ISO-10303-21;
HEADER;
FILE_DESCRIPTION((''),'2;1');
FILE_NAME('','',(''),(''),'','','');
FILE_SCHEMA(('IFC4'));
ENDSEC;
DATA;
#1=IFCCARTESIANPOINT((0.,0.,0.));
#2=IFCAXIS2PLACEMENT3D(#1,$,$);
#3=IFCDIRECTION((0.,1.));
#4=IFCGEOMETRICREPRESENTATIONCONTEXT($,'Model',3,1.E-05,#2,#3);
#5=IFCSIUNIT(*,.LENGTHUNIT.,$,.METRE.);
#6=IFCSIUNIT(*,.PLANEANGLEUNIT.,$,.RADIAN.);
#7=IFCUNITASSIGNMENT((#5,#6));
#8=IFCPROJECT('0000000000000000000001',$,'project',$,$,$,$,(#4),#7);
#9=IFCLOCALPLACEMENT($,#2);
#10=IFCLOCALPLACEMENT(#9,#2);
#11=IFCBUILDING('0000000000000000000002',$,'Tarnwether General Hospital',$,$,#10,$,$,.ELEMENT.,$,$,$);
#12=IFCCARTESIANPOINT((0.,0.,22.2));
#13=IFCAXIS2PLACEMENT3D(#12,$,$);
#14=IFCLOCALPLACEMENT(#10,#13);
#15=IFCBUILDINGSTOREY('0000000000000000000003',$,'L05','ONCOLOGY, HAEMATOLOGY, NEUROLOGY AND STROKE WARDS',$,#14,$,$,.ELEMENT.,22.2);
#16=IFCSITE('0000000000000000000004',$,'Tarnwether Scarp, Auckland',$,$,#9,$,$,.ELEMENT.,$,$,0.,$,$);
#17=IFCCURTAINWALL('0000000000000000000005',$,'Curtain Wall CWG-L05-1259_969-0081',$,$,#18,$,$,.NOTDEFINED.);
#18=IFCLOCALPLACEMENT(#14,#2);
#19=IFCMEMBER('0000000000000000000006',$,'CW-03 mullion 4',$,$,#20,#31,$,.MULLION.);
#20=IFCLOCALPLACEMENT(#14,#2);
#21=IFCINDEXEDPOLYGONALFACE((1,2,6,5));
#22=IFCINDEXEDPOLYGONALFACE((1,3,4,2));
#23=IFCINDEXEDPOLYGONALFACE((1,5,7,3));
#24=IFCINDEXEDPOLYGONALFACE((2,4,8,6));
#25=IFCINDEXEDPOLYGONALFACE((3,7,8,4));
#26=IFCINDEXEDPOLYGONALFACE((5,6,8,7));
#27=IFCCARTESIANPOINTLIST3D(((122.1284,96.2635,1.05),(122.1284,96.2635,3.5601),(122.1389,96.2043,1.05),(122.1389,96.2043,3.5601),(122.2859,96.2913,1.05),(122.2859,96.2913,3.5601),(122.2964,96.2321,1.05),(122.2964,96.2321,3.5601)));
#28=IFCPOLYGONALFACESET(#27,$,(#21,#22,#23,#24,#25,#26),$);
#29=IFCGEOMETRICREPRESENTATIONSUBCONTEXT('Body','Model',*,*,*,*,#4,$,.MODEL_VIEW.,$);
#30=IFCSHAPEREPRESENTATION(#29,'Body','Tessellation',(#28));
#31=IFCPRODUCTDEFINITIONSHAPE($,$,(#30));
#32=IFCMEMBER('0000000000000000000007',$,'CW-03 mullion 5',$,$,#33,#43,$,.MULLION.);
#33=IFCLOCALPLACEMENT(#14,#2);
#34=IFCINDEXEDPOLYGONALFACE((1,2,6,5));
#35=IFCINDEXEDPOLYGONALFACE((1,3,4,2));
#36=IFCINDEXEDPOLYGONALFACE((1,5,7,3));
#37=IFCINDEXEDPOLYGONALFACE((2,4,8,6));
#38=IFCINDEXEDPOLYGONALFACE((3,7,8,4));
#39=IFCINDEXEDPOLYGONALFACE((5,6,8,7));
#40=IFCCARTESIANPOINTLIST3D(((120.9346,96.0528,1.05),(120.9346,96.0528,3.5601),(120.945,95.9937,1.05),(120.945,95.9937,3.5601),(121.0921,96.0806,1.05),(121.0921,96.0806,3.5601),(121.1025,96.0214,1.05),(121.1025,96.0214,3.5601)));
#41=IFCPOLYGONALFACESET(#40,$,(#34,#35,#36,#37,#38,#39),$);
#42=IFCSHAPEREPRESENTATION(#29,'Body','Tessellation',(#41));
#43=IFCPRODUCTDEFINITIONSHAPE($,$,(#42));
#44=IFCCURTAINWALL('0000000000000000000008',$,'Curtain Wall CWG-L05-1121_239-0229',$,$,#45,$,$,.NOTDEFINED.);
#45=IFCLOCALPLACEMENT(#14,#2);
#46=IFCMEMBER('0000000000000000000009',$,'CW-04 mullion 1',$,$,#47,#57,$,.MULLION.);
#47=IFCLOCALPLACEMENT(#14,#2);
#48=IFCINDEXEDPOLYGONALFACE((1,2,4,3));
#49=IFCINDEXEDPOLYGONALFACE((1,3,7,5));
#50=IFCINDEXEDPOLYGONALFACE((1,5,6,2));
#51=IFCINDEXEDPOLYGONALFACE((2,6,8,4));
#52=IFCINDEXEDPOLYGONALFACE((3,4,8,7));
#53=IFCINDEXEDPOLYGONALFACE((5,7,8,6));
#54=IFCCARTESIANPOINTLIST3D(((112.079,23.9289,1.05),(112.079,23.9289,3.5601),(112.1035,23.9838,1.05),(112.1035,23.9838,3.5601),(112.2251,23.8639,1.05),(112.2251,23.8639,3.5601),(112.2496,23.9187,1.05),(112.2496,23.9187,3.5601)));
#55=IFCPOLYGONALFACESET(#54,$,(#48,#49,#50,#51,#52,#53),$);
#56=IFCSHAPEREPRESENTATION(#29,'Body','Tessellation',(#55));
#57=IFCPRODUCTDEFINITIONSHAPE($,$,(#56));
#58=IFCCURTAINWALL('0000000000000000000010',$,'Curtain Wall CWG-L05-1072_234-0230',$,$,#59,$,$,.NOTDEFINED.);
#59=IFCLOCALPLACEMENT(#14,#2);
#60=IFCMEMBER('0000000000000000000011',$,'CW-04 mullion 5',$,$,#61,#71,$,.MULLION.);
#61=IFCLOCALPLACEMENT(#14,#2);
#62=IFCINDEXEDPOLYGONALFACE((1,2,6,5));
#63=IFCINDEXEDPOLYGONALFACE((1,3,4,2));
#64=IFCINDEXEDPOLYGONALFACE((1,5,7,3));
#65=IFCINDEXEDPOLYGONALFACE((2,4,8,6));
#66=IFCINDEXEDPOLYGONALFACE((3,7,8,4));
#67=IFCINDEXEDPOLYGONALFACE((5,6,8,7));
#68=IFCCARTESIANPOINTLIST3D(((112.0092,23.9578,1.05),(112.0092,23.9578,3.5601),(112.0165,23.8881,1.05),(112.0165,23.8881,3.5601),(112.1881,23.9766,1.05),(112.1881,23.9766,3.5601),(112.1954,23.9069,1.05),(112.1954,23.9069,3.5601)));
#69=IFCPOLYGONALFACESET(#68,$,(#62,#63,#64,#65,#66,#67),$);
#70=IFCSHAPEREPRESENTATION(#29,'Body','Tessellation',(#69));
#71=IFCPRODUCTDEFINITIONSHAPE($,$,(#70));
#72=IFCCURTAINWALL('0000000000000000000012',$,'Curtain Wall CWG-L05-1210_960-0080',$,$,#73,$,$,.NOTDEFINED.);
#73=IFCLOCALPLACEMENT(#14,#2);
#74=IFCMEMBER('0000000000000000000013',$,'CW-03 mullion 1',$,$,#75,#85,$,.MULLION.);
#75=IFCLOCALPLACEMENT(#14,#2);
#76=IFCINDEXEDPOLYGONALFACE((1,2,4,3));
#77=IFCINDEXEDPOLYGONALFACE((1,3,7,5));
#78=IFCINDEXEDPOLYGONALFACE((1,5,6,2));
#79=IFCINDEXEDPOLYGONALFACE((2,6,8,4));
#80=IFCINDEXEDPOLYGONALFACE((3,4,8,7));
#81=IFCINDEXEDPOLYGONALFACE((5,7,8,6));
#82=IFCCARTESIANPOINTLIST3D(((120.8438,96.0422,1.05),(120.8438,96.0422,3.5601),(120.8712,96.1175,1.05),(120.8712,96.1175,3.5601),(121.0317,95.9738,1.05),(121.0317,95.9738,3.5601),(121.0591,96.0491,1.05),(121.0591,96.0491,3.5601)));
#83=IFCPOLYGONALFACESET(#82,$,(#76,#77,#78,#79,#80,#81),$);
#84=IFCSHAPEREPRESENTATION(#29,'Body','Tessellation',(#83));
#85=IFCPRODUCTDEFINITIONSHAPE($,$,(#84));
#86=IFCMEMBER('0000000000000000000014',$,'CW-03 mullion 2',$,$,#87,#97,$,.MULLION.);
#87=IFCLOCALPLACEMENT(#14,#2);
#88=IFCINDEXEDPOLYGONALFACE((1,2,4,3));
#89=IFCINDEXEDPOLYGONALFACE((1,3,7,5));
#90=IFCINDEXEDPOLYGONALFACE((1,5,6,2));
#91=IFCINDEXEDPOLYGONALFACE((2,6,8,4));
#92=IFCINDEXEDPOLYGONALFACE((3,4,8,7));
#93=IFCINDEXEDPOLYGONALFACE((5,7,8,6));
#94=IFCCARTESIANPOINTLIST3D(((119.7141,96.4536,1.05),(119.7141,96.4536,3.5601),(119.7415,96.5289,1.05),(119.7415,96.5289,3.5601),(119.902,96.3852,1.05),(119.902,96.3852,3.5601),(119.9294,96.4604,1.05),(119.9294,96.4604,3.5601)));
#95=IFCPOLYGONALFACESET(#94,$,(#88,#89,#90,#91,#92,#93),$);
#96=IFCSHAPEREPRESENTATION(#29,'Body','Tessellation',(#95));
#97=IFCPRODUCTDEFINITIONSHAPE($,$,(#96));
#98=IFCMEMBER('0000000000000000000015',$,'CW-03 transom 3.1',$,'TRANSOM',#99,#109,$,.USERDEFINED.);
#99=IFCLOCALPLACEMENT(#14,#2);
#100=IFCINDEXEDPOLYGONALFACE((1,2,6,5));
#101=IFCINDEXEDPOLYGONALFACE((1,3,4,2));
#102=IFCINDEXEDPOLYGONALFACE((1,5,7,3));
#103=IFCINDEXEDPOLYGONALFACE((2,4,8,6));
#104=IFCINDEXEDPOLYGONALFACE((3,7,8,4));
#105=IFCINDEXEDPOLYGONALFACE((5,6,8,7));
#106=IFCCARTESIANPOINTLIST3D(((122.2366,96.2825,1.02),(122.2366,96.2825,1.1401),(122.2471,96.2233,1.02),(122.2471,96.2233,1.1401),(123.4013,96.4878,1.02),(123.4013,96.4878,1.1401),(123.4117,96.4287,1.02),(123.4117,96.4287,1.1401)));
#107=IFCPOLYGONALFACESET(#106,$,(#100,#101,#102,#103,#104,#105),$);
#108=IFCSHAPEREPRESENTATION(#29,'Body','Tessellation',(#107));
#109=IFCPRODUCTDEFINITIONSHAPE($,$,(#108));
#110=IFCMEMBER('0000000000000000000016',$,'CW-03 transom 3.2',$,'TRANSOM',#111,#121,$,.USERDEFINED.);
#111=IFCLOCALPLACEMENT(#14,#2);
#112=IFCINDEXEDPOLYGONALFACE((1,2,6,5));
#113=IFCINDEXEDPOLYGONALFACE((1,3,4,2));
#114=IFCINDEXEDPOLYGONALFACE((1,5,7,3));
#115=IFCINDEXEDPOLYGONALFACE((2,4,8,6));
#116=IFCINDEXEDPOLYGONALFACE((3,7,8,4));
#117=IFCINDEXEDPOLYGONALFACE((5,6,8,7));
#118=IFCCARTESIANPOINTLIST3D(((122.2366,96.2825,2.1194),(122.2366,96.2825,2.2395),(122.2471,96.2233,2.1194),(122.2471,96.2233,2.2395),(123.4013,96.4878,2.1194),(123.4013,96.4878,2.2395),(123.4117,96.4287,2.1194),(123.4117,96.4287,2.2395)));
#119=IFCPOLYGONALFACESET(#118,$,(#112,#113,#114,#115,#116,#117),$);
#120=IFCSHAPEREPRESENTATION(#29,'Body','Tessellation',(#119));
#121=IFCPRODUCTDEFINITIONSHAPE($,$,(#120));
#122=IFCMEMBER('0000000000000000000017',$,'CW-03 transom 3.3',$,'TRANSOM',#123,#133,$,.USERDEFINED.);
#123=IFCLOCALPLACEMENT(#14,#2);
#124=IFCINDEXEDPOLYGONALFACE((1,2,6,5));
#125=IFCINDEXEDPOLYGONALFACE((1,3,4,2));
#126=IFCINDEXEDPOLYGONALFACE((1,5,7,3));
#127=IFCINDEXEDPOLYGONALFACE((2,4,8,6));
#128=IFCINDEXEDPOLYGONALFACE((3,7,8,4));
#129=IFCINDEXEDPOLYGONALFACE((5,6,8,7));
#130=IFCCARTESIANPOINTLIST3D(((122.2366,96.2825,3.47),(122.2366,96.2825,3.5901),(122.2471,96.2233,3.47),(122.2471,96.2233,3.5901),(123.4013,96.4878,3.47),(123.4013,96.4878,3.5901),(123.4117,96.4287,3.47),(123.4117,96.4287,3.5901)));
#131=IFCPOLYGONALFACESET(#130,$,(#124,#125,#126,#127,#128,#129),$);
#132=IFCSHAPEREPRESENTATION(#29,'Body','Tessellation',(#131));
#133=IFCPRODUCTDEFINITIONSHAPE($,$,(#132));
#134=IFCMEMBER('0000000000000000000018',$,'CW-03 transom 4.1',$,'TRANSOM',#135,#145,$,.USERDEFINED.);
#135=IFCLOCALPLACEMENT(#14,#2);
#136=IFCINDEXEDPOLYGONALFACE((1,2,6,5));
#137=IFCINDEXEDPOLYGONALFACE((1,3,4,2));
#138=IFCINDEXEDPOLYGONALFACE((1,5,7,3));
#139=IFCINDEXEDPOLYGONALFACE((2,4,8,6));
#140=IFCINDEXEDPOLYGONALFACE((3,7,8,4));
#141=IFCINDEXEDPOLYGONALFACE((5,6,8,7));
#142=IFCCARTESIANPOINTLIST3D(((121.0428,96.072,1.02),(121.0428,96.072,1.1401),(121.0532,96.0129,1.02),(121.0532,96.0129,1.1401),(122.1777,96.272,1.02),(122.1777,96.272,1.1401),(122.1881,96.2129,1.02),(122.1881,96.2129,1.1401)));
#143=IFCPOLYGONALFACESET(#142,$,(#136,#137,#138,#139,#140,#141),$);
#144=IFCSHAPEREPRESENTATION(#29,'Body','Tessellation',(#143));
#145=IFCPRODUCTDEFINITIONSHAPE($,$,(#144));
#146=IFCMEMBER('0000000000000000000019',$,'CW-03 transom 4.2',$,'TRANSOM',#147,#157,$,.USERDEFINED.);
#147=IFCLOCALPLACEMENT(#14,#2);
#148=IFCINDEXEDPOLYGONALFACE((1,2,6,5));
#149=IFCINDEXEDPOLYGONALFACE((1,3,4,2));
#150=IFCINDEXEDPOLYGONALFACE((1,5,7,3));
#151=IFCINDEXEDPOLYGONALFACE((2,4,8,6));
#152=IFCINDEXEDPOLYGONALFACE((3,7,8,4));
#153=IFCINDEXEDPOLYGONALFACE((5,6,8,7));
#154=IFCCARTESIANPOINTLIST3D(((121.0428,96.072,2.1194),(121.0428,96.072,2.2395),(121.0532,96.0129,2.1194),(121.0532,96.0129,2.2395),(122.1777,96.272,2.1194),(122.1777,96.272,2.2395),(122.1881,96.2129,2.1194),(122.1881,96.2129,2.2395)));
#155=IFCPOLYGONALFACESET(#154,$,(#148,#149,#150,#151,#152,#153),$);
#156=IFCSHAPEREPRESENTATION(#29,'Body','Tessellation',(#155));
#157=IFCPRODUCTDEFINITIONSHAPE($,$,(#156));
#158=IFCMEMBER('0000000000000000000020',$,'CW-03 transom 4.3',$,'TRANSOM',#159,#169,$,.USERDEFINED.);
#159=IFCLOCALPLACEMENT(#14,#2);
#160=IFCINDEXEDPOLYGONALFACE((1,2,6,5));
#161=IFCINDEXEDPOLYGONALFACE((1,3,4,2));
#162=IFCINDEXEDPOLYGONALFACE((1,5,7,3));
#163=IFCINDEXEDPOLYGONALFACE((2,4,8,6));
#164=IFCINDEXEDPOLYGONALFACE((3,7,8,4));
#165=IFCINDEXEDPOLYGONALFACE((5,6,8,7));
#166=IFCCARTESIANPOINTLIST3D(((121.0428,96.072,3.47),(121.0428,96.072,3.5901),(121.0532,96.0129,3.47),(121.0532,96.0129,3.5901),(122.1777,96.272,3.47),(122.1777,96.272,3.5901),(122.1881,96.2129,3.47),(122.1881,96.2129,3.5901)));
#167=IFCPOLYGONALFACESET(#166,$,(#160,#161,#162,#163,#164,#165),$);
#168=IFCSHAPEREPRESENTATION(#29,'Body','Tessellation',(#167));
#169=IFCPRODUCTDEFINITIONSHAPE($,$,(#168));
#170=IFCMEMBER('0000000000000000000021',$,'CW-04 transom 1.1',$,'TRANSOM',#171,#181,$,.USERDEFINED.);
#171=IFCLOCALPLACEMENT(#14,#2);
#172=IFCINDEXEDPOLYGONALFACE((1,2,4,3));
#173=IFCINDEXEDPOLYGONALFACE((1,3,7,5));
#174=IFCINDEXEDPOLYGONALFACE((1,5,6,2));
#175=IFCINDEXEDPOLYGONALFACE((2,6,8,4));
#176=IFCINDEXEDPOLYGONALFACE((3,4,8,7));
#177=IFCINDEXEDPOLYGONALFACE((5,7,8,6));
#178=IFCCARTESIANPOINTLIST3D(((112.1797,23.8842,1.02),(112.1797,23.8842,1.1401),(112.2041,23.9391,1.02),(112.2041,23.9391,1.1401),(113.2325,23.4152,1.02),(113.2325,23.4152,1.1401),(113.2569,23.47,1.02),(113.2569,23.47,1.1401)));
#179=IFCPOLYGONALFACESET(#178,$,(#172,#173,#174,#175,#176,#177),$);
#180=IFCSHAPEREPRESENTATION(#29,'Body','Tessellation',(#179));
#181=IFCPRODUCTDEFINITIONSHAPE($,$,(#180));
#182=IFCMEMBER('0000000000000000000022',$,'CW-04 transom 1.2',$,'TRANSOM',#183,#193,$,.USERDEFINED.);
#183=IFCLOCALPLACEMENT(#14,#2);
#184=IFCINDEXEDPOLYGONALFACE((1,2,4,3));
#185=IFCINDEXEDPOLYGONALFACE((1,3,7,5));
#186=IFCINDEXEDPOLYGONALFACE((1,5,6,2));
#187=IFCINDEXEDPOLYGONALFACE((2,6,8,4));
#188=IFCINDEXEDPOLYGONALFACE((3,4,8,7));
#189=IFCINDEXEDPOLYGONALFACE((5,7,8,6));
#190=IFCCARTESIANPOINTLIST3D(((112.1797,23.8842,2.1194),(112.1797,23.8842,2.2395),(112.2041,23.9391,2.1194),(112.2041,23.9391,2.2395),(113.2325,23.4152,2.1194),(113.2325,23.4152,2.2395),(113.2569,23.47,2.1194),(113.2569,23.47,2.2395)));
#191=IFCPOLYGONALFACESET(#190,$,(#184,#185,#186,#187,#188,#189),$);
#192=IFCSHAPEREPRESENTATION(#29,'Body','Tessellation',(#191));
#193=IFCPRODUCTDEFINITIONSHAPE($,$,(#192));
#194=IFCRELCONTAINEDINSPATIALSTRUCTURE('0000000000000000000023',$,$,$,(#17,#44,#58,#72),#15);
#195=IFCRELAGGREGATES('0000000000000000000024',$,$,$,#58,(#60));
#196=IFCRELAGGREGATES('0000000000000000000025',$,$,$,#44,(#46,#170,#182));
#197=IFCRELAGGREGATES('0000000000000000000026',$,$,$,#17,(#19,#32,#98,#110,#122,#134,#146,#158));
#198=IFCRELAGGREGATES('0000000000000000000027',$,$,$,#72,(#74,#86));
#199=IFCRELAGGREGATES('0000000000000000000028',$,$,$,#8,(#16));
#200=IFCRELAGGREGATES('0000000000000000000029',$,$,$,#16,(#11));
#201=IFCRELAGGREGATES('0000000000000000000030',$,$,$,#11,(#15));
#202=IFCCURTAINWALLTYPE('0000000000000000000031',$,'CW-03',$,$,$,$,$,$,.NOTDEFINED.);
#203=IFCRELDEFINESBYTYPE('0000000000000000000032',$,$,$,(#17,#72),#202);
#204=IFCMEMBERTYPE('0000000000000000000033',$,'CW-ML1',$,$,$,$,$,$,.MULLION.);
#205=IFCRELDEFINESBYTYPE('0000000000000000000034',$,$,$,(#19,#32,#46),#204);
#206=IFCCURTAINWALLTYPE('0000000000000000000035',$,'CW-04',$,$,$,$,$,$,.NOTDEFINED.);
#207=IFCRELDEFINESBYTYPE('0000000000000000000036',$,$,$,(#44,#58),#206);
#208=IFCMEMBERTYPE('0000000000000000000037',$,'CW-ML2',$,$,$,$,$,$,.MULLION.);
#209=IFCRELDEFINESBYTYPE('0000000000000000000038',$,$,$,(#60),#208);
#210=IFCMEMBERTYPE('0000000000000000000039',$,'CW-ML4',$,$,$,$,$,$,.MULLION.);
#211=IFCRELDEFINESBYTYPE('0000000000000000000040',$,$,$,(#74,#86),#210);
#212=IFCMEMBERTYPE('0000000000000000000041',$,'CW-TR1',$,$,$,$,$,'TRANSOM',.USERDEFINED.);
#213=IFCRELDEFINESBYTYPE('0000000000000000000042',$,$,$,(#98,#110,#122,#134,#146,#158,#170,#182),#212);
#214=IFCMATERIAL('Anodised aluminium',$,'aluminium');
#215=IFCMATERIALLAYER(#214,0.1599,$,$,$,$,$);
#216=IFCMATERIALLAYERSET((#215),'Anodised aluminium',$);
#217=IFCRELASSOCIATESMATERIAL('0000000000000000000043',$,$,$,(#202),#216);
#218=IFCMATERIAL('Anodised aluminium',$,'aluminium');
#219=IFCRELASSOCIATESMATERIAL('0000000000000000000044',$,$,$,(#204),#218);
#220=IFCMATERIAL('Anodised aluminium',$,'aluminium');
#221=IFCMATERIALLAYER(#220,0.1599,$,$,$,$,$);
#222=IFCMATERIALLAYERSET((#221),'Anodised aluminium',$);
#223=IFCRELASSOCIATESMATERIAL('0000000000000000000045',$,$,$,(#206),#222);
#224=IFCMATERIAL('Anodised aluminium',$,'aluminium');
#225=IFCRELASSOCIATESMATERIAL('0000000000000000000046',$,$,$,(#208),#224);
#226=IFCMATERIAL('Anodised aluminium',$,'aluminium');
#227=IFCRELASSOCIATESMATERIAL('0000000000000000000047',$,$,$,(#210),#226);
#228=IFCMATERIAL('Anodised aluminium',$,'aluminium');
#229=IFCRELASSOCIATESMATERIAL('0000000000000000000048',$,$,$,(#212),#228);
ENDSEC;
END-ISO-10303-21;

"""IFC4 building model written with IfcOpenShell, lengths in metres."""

from ifc_helpers import new_model, si_unit, direction, frame, origin, origin_2d, place, context, subcontext, project, spatial, rectangle, extrude, material, layer, layer_set, material_profile, profile_set, type_object, element, aggregate, save


model = new_model("IFC4")

# Units and contexts
model_context = context("Model", 3, precision=1e-05, world=origin(), true_north=direction((0.0, 1.0)))
body_context = subcontext(model_context, "Body", "Model", "MODEL_VIEW")
ifc_project = project(units=[si_unit("LENGTHUNIT", "METRE"), si_unit("PLANEANGLEUNIT", "RADIAN")], contexts=[model_context])

# Site, building, storey
site_placement = place(None, origin())
site = spatial("IfcSite", under=ifc_project, at=site_placement, Name="Tarnwether Scarp, Auckland", CompositionType="ELEMENT", RefElevation=0.0)
building_placement = place(site_placement, origin())
building = spatial("IfcBuilding", under=site, at=building_placement, Name="Tarnwether General Hospital", CompositionType="ELEMENT")
storey_placement = place(building_placement, frame((0.0, 0.0, 22.2)))
storey = spatial("IfcBuildingStorey", under=building, at=storey_placement, Name="L05", Description="ONCOLOGY, HAEMATOLOGY, NEUROLOGY AND STROKE WARDS", CompositionType="ELEMENT", Elevation=22.2)

# Curtain wall, members
ifc_material_1 = material(Name="Anodised aluminium", Category="aluminium")
ifc_layer_1 = layer(ifc_material_1, 0.1599)
ifc_layer_set_1 = layer_set([ifc_layer_1], Name="Anodised aluminium")
curtain_wall_type_1 = type_object("IfcCurtainWallType", Name="CW-03", PredefinedType="NOTDEFINED", material=ifc_layer_set_1)
curtain_wall_1_placement = place(storey_placement, origin())
curtain_wall_1 = element("IfcCurtainWall", 1, at=curtain_wall_1_placement, inside=storey, type_object=curtain_wall_type_1, Name="Curtain Wall CWG-L05-1259_969-0081", PredefinedType="NOTDEFINED")
ifc_material_2 = material(Name="Anodised aluminium", Category="aluminium")
ifc_material_profile_1 = material_profile(ifc_material_2, rectangle(XDim=0.0601, YDim=0.1599, at=origin_2d()), Name="ALU-MUL-60x160")
ifc_profile_set_1 = profile_set([ifc_material_profile_1], Name="Anodised aluminium")
member_type_1 = type_object("IfcMemberType", Name="CW-ML1", PredefinedType="MULLION", material=ifc_profile_set_1)
member_1_placement = place(storey_placement, frame((122.2124, 96.2478, 1.05), z_axis=(0.0, 0.0, 1.0), x_axis=(0.173659, -0.984806, 0.0)))
member_1 = element("IfcMember", 2, at=member_1_placement, type_object=member_type_1, Name="CW-03 mullion 4", PredefinedType="MULLION", context=body_context, shape_type="SweptSolid", body=[
    extrude(rectangle(XDim=0.0601, YDim=0.1599, at=origin_2d()), origin(), (0.0, 0.0, 1.0), 2.51),
])
member_2_placement = place(storey_placement, frame((121.0186, 96.0371, 1.05), z_axis=(0.0, 0.0, 1.0), x_axis=(0.173659, -0.984806, 0.0)))
member_2 = element("IfcMember", 3, at=member_2_placement, type_object=member_type_1, Name="CW-03 mullion 5", PredefinedType="MULLION", context=body_context, shape_type="SweptSolid", body=[
    extrude(rectangle(XDim=0.0601, YDim=0.1599, at=origin_2d()), origin(), (0.0, 0.0, 1.0), 2.51),
])

# Curtain walls, members
ifc_material_3 = material(Name="Anodised aluminium", Category="aluminium")
ifc_layer_2 = layer(ifc_material_3, 0.1599)
ifc_layer_set_2 = layer_set([ifc_layer_2], Name="Anodised aluminium")
curtain_wall_type_2 = type_object("IfcCurtainWallType", Name="CW-04", PredefinedType="NOTDEFINED", material=ifc_layer_set_2)
curtain_wall_2_placement = place(storey_placement, origin())
curtain_wall_2 = element("IfcCurtainWall", 4, at=curtain_wall_2_placement, inside=storey, type_object=curtain_wall_type_2, Name="Curtain Wall CWG-L05-1121_239-0229", PredefinedType="NOTDEFINED")
member_3_placement = place(storey_placement, frame((112.1643, 23.9238, 1.05), z_axis=(0.0, 0.0, 1.0), x_axis=(0.406848, 0.913496, 0.0)))
member_3 = element("IfcMember", 5, at=member_3_placement, type_object=member_type_1, Name="CW-04 mullion 1", PredefinedType="MULLION", context=body_context, shape_type="SweptSolid", body=[
    extrude(rectangle(XDim=0.0601, YDim=0.1599, at=origin_2d()), origin(), (0.0, 0.0, 1.0), 2.51),
])
curtain_wall_3_placement = place(storey_placement, origin())
curtain_wall_3 = element("IfcCurtainWall", 6, at=curtain_wall_3_placement, inside=storey, type_object=curtain_wall_type_2, Name="Curtain Wall CWG-L05-1072_234-0230", PredefinedType="NOTDEFINED")
ifc_material_4 = material(Name="Anodised aluminium", Category="aluminium")
ifc_material_profile_2 = material_profile(ifc_material_4, rectangle(XDim=0.0701, YDim=0.1799, at=origin_2d()), Name="ALU-MUL-70x180")
ifc_profile_set_2 = profile_set([ifc_material_profile_2], Name="Anodised aluminium")
member_type_2 = type_object("IfcMemberType", Name="CW-ML2", PredefinedType="MULLION", material=ifc_profile_set_2)
member_4_placement = place(storey_placement, frame((112.1023, 23.9324, 1.05), z_axis=(0.0, 0.0, 1.0), x_axis=(-0.104643, 0.99451, 0.0)))
member_4 = element("IfcMember", 7, at=member_4_placement, type_object=member_type_2, Name="CW-04 mullion 5", PredefinedType="MULLION", context=body_context, shape_type="SweptSolid", body=[
    extrude(rectangle(XDim=0.0701, YDim=0.1799, at=origin_2d()), origin(), (0.0, 0.0, 1.0), 2.51),
])
aggregate(curtain_wall_3, [member_4])

# Curtain wall, members
curtain_wall_4_placement = place(storey_placement, origin())
curtain_wall_4 = element("IfcCurtainWall", 8, at=curtain_wall_4_placement, inside=storey, type_object=curtain_wall_type_1, Name="Curtain Wall CWG-L05-1210_960-0080", PredefinedType="NOTDEFINED")
ifc_material_5 = material(Name="Anodised aluminium", Category="aluminium")
ifc_material_profile_3 = material_profile(ifc_material_5, rectangle(XDim=0.0801, YDim=0.2, at=origin_2d()), Name="ALU-MUL-80x200")
ifc_profile_set_3 = profile_set([ifc_material_profile_3], Name="Anodised aluminium")
member_type_3 = type_object("IfcMemberType", Name="CW-ML4", PredefinedType="MULLION", material=ifc_profile_set_3)
member_5_placement = place(storey_placement, frame((120.9514, 96.0457, 1.05), z_axis=(0.0, 0.0, 1.0), x_axis=(-0.342131, -0.939652, 0.0)))
member_5 = element("IfcMember", 9, at=member_5_placement, type_object=member_type_3, Name="CW-03 mullion 1", PredefinedType="MULLION", context=body_context, shape_type="SweptSolid", body=[
    extrude(rectangle(XDim=0.0801, YDim=0.2, at=origin_2d()), origin(), (0.0, 0.0, 1.0), 2.51),
])
member_6_placement = place(storey_placement, frame((119.8218, 96.457, 1.05), z_axis=(0.0, 0.0, 1.0), x_axis=(-0.342131, -0.939652, 0.0)))
member_6 = element("IfcMember", 10, at=member_6_placement, type_object=member_type_3, Name="CW-03 mullion 2", PredefinedType="MULLION", context=body_context, shape_type="SweptSolid", body=[
    extrude(rectangle(XDim=0.0801, YDim=0.2, at=origin_2d()), origin(), (0.0, 0.0, 1.0), 2.51),
])

# Members
ifc_material_6 = material(Name="Anodised aluminium", Category="aluminium")
ifc_material_profile_4 = material_profile(ifc_material_6, rectangle(XDim=0.0601, YDim=0.1201, at=origin_2d()), Name="ALU-TRN-60x120")
ifc_profile_set_4 = profile_set([ifc_material_profile_4], Name="Anodised aluminium")
member_type_4 = type_object("IfcMemberType", Name="CW-TR1", ElementType="TRANSOM", PredefinedType="USERDEFINED", material=ifc_profile_set_4)
member_7_placement = place(storey_placement, frame((123.4065, 96.4583, 1.0801), z_axis=(-0.984811, -0.173632, 0.0), x_axis=(0.173632, -0.984811, 0.0)))
member_7 = element("IfcMember", 11, at=member_7_placement, type_object=member_type_4, Name="CW-03 transom 3.1", ObjectType="TRANSOM", PredefinedType="USERDEFINED", context=body_context, shape_type="SweptSolid", body=[
    extrude(rectangle(XDim=0.0601, YDim=0.1201, at=origin_2d()), origin(), (0.0, 0.0, 1.0), 1.1826),
])
member_8_placement = place(storey_placement, frame((123.4065, 96.4583, 2.1794), z_axis=(-0.984811, -0.173632, 0.0), x_axis=(0.173632, -0.984811, 0.0)))
member_8 = element("IfcMember", 12, at=member_8_placement, type_object=member_type_4, Name="CW-03 transom 3.2", ObjectType="TRANSOM", PredefinedType="USERDEFINED", context=body_context, shape_type="SweptSolid", body=[
    extrude(rectangle(XDim=0.0601, YDim=0.1201, at=origin_2d()), origin(), (0.0, 0.0, 1.0), 1.1826),
])
member_9_placement = place(storey_placement, frame((123.4065, 96.4583, 3.53), z_axis=(-0.984811, -0.173632, 0.0), x_axis=(0.173632, -0.984811, 0.0)))
member_9 = element("IfcMember", 13, at=member_9_placement, type_object=member_type_4, Name="CW-03 transom 3.3", ObjectType="TRANSOM", PredefinedType="USERDEFINED", context=body_context, shape_type="SweptSolid", body=[
    extrude(rectangle(XDim=0.0601, YDim=0.1201, at=origin_2d()), origin(), (0.0, 0.0, 1.0), 1.1826),
])
member_10_placement = place(storey_placement, frame((122.1829, 96.2424, 1.0801), z_axis=(-0.984828, -0.173531, 0.0), x_axis=(0.173531, -0.984828, 0.0)))
member_10 = element("IfcMember", 14, at=member_10_placement, type_object=member_type_4, Name="CW-03 transom 4.1", ObjectType="TRANSOM", PredefinedType="USERDEFINED", context=body_context, shape_type="SweptSolid", body=[
    extrude(rectangle(XDim=0.0601, YDim=0.1201, at=origin_2d()), origin(), (0.0, 0.0, 1.0), 1.1523),
])
member_11_placement = place(storey_placement, frame((122.1829, 96.2424, 2.1794), z_axis=(-0.984828, -0.173531, 0.0), x_axis=(0.173531, -0.984828, 0.0)))
member_11 = element("IfcMember", 15, at=member_11_placement, type_object=member_type_4, Name="CW-03 transom 4.2", ObjectType="TRANSOM", PredefinedType="USERDEFINED", context=body_context, shape_type="SweptSolid", body=[
    extrude(rectangle(XDim=0.0601, YDim=0.1201, at=origin_2d()), origin(), (0.0, 0.0, 1.0), 1.1523),
])
member_12_placement = place(storey_placement, frame((122.1829, 96.2424, 3.53), z_axis=(-0.984828, -0.173531, 0.0), x_axis=(0.173531, -0.984828, 0.0)))
member_12 = element("IfcMember", 16, at=member_12_placement, type_object=member_type_4, Name="CW-03 transom 4.3", ObjectType="TRANSOM", PredefinedType="USERDEFINED", context=body_context, shape_type="SweptSolid", body=[
    extrude(rectangle(XDim=0.0601, YDim=0.1201, at=origin_2d()), origin(), (0.0, 0.0, 1.0), 1.1523),
])
member_13_placement = place(storey_placement, frame((112.1919, 23.9116, 1.0801), z_axis=(0.913453, -0.406944, 0.0), x_axis=(0.406944, 0.913453, 0.0)))
member_13 = element("IfcMember", 17, at=member_13_placement, type_object=member_type_4, Name="CW-04 transom 1.1", ObjectType="TRANSOM", PredefinedType="USERDEFINED", context=body_context, shape_type="SweptSolid", body=[
    extrude(rectangle(XDim=0.0601, YDim=0.1201, at=origin_2d()), origin(), (0.0, 0.0, 1.0), 1.1526),
])
member_14_placement = place(storey_placement, frame((112.1919, 23.9116, 2.1794), z_axis=(0.913453, -0.406944, 0.0), x_axis=(0.406944, 0.913453, 0.0)))
member_14 = element("IfcMember", 18, at=member_14_placement, type_object=member_type_4, Name="CW-04 transom 1.2", ObjectType="TRANSOM", PredefinedType="USERDEFINED", context=body_context, shape_type="SweptSolid", body=[
    extrude(rectangle(XDim=0.0601, YDim=0.1201, at=origin_2d()), origin(), (0.0, 0.0, 1.0), 1.1526),
])
aggregate(curtain_wall_2, [member_3, member_13, member_14])

aggregate(curtain_wall_1, [member_1, member_2, member_7, member_8, member_9, member_10, member_11, member_12])
aggregate(curtain_wall_4, [member_5, member_6])

save(model, "model.ifc")
